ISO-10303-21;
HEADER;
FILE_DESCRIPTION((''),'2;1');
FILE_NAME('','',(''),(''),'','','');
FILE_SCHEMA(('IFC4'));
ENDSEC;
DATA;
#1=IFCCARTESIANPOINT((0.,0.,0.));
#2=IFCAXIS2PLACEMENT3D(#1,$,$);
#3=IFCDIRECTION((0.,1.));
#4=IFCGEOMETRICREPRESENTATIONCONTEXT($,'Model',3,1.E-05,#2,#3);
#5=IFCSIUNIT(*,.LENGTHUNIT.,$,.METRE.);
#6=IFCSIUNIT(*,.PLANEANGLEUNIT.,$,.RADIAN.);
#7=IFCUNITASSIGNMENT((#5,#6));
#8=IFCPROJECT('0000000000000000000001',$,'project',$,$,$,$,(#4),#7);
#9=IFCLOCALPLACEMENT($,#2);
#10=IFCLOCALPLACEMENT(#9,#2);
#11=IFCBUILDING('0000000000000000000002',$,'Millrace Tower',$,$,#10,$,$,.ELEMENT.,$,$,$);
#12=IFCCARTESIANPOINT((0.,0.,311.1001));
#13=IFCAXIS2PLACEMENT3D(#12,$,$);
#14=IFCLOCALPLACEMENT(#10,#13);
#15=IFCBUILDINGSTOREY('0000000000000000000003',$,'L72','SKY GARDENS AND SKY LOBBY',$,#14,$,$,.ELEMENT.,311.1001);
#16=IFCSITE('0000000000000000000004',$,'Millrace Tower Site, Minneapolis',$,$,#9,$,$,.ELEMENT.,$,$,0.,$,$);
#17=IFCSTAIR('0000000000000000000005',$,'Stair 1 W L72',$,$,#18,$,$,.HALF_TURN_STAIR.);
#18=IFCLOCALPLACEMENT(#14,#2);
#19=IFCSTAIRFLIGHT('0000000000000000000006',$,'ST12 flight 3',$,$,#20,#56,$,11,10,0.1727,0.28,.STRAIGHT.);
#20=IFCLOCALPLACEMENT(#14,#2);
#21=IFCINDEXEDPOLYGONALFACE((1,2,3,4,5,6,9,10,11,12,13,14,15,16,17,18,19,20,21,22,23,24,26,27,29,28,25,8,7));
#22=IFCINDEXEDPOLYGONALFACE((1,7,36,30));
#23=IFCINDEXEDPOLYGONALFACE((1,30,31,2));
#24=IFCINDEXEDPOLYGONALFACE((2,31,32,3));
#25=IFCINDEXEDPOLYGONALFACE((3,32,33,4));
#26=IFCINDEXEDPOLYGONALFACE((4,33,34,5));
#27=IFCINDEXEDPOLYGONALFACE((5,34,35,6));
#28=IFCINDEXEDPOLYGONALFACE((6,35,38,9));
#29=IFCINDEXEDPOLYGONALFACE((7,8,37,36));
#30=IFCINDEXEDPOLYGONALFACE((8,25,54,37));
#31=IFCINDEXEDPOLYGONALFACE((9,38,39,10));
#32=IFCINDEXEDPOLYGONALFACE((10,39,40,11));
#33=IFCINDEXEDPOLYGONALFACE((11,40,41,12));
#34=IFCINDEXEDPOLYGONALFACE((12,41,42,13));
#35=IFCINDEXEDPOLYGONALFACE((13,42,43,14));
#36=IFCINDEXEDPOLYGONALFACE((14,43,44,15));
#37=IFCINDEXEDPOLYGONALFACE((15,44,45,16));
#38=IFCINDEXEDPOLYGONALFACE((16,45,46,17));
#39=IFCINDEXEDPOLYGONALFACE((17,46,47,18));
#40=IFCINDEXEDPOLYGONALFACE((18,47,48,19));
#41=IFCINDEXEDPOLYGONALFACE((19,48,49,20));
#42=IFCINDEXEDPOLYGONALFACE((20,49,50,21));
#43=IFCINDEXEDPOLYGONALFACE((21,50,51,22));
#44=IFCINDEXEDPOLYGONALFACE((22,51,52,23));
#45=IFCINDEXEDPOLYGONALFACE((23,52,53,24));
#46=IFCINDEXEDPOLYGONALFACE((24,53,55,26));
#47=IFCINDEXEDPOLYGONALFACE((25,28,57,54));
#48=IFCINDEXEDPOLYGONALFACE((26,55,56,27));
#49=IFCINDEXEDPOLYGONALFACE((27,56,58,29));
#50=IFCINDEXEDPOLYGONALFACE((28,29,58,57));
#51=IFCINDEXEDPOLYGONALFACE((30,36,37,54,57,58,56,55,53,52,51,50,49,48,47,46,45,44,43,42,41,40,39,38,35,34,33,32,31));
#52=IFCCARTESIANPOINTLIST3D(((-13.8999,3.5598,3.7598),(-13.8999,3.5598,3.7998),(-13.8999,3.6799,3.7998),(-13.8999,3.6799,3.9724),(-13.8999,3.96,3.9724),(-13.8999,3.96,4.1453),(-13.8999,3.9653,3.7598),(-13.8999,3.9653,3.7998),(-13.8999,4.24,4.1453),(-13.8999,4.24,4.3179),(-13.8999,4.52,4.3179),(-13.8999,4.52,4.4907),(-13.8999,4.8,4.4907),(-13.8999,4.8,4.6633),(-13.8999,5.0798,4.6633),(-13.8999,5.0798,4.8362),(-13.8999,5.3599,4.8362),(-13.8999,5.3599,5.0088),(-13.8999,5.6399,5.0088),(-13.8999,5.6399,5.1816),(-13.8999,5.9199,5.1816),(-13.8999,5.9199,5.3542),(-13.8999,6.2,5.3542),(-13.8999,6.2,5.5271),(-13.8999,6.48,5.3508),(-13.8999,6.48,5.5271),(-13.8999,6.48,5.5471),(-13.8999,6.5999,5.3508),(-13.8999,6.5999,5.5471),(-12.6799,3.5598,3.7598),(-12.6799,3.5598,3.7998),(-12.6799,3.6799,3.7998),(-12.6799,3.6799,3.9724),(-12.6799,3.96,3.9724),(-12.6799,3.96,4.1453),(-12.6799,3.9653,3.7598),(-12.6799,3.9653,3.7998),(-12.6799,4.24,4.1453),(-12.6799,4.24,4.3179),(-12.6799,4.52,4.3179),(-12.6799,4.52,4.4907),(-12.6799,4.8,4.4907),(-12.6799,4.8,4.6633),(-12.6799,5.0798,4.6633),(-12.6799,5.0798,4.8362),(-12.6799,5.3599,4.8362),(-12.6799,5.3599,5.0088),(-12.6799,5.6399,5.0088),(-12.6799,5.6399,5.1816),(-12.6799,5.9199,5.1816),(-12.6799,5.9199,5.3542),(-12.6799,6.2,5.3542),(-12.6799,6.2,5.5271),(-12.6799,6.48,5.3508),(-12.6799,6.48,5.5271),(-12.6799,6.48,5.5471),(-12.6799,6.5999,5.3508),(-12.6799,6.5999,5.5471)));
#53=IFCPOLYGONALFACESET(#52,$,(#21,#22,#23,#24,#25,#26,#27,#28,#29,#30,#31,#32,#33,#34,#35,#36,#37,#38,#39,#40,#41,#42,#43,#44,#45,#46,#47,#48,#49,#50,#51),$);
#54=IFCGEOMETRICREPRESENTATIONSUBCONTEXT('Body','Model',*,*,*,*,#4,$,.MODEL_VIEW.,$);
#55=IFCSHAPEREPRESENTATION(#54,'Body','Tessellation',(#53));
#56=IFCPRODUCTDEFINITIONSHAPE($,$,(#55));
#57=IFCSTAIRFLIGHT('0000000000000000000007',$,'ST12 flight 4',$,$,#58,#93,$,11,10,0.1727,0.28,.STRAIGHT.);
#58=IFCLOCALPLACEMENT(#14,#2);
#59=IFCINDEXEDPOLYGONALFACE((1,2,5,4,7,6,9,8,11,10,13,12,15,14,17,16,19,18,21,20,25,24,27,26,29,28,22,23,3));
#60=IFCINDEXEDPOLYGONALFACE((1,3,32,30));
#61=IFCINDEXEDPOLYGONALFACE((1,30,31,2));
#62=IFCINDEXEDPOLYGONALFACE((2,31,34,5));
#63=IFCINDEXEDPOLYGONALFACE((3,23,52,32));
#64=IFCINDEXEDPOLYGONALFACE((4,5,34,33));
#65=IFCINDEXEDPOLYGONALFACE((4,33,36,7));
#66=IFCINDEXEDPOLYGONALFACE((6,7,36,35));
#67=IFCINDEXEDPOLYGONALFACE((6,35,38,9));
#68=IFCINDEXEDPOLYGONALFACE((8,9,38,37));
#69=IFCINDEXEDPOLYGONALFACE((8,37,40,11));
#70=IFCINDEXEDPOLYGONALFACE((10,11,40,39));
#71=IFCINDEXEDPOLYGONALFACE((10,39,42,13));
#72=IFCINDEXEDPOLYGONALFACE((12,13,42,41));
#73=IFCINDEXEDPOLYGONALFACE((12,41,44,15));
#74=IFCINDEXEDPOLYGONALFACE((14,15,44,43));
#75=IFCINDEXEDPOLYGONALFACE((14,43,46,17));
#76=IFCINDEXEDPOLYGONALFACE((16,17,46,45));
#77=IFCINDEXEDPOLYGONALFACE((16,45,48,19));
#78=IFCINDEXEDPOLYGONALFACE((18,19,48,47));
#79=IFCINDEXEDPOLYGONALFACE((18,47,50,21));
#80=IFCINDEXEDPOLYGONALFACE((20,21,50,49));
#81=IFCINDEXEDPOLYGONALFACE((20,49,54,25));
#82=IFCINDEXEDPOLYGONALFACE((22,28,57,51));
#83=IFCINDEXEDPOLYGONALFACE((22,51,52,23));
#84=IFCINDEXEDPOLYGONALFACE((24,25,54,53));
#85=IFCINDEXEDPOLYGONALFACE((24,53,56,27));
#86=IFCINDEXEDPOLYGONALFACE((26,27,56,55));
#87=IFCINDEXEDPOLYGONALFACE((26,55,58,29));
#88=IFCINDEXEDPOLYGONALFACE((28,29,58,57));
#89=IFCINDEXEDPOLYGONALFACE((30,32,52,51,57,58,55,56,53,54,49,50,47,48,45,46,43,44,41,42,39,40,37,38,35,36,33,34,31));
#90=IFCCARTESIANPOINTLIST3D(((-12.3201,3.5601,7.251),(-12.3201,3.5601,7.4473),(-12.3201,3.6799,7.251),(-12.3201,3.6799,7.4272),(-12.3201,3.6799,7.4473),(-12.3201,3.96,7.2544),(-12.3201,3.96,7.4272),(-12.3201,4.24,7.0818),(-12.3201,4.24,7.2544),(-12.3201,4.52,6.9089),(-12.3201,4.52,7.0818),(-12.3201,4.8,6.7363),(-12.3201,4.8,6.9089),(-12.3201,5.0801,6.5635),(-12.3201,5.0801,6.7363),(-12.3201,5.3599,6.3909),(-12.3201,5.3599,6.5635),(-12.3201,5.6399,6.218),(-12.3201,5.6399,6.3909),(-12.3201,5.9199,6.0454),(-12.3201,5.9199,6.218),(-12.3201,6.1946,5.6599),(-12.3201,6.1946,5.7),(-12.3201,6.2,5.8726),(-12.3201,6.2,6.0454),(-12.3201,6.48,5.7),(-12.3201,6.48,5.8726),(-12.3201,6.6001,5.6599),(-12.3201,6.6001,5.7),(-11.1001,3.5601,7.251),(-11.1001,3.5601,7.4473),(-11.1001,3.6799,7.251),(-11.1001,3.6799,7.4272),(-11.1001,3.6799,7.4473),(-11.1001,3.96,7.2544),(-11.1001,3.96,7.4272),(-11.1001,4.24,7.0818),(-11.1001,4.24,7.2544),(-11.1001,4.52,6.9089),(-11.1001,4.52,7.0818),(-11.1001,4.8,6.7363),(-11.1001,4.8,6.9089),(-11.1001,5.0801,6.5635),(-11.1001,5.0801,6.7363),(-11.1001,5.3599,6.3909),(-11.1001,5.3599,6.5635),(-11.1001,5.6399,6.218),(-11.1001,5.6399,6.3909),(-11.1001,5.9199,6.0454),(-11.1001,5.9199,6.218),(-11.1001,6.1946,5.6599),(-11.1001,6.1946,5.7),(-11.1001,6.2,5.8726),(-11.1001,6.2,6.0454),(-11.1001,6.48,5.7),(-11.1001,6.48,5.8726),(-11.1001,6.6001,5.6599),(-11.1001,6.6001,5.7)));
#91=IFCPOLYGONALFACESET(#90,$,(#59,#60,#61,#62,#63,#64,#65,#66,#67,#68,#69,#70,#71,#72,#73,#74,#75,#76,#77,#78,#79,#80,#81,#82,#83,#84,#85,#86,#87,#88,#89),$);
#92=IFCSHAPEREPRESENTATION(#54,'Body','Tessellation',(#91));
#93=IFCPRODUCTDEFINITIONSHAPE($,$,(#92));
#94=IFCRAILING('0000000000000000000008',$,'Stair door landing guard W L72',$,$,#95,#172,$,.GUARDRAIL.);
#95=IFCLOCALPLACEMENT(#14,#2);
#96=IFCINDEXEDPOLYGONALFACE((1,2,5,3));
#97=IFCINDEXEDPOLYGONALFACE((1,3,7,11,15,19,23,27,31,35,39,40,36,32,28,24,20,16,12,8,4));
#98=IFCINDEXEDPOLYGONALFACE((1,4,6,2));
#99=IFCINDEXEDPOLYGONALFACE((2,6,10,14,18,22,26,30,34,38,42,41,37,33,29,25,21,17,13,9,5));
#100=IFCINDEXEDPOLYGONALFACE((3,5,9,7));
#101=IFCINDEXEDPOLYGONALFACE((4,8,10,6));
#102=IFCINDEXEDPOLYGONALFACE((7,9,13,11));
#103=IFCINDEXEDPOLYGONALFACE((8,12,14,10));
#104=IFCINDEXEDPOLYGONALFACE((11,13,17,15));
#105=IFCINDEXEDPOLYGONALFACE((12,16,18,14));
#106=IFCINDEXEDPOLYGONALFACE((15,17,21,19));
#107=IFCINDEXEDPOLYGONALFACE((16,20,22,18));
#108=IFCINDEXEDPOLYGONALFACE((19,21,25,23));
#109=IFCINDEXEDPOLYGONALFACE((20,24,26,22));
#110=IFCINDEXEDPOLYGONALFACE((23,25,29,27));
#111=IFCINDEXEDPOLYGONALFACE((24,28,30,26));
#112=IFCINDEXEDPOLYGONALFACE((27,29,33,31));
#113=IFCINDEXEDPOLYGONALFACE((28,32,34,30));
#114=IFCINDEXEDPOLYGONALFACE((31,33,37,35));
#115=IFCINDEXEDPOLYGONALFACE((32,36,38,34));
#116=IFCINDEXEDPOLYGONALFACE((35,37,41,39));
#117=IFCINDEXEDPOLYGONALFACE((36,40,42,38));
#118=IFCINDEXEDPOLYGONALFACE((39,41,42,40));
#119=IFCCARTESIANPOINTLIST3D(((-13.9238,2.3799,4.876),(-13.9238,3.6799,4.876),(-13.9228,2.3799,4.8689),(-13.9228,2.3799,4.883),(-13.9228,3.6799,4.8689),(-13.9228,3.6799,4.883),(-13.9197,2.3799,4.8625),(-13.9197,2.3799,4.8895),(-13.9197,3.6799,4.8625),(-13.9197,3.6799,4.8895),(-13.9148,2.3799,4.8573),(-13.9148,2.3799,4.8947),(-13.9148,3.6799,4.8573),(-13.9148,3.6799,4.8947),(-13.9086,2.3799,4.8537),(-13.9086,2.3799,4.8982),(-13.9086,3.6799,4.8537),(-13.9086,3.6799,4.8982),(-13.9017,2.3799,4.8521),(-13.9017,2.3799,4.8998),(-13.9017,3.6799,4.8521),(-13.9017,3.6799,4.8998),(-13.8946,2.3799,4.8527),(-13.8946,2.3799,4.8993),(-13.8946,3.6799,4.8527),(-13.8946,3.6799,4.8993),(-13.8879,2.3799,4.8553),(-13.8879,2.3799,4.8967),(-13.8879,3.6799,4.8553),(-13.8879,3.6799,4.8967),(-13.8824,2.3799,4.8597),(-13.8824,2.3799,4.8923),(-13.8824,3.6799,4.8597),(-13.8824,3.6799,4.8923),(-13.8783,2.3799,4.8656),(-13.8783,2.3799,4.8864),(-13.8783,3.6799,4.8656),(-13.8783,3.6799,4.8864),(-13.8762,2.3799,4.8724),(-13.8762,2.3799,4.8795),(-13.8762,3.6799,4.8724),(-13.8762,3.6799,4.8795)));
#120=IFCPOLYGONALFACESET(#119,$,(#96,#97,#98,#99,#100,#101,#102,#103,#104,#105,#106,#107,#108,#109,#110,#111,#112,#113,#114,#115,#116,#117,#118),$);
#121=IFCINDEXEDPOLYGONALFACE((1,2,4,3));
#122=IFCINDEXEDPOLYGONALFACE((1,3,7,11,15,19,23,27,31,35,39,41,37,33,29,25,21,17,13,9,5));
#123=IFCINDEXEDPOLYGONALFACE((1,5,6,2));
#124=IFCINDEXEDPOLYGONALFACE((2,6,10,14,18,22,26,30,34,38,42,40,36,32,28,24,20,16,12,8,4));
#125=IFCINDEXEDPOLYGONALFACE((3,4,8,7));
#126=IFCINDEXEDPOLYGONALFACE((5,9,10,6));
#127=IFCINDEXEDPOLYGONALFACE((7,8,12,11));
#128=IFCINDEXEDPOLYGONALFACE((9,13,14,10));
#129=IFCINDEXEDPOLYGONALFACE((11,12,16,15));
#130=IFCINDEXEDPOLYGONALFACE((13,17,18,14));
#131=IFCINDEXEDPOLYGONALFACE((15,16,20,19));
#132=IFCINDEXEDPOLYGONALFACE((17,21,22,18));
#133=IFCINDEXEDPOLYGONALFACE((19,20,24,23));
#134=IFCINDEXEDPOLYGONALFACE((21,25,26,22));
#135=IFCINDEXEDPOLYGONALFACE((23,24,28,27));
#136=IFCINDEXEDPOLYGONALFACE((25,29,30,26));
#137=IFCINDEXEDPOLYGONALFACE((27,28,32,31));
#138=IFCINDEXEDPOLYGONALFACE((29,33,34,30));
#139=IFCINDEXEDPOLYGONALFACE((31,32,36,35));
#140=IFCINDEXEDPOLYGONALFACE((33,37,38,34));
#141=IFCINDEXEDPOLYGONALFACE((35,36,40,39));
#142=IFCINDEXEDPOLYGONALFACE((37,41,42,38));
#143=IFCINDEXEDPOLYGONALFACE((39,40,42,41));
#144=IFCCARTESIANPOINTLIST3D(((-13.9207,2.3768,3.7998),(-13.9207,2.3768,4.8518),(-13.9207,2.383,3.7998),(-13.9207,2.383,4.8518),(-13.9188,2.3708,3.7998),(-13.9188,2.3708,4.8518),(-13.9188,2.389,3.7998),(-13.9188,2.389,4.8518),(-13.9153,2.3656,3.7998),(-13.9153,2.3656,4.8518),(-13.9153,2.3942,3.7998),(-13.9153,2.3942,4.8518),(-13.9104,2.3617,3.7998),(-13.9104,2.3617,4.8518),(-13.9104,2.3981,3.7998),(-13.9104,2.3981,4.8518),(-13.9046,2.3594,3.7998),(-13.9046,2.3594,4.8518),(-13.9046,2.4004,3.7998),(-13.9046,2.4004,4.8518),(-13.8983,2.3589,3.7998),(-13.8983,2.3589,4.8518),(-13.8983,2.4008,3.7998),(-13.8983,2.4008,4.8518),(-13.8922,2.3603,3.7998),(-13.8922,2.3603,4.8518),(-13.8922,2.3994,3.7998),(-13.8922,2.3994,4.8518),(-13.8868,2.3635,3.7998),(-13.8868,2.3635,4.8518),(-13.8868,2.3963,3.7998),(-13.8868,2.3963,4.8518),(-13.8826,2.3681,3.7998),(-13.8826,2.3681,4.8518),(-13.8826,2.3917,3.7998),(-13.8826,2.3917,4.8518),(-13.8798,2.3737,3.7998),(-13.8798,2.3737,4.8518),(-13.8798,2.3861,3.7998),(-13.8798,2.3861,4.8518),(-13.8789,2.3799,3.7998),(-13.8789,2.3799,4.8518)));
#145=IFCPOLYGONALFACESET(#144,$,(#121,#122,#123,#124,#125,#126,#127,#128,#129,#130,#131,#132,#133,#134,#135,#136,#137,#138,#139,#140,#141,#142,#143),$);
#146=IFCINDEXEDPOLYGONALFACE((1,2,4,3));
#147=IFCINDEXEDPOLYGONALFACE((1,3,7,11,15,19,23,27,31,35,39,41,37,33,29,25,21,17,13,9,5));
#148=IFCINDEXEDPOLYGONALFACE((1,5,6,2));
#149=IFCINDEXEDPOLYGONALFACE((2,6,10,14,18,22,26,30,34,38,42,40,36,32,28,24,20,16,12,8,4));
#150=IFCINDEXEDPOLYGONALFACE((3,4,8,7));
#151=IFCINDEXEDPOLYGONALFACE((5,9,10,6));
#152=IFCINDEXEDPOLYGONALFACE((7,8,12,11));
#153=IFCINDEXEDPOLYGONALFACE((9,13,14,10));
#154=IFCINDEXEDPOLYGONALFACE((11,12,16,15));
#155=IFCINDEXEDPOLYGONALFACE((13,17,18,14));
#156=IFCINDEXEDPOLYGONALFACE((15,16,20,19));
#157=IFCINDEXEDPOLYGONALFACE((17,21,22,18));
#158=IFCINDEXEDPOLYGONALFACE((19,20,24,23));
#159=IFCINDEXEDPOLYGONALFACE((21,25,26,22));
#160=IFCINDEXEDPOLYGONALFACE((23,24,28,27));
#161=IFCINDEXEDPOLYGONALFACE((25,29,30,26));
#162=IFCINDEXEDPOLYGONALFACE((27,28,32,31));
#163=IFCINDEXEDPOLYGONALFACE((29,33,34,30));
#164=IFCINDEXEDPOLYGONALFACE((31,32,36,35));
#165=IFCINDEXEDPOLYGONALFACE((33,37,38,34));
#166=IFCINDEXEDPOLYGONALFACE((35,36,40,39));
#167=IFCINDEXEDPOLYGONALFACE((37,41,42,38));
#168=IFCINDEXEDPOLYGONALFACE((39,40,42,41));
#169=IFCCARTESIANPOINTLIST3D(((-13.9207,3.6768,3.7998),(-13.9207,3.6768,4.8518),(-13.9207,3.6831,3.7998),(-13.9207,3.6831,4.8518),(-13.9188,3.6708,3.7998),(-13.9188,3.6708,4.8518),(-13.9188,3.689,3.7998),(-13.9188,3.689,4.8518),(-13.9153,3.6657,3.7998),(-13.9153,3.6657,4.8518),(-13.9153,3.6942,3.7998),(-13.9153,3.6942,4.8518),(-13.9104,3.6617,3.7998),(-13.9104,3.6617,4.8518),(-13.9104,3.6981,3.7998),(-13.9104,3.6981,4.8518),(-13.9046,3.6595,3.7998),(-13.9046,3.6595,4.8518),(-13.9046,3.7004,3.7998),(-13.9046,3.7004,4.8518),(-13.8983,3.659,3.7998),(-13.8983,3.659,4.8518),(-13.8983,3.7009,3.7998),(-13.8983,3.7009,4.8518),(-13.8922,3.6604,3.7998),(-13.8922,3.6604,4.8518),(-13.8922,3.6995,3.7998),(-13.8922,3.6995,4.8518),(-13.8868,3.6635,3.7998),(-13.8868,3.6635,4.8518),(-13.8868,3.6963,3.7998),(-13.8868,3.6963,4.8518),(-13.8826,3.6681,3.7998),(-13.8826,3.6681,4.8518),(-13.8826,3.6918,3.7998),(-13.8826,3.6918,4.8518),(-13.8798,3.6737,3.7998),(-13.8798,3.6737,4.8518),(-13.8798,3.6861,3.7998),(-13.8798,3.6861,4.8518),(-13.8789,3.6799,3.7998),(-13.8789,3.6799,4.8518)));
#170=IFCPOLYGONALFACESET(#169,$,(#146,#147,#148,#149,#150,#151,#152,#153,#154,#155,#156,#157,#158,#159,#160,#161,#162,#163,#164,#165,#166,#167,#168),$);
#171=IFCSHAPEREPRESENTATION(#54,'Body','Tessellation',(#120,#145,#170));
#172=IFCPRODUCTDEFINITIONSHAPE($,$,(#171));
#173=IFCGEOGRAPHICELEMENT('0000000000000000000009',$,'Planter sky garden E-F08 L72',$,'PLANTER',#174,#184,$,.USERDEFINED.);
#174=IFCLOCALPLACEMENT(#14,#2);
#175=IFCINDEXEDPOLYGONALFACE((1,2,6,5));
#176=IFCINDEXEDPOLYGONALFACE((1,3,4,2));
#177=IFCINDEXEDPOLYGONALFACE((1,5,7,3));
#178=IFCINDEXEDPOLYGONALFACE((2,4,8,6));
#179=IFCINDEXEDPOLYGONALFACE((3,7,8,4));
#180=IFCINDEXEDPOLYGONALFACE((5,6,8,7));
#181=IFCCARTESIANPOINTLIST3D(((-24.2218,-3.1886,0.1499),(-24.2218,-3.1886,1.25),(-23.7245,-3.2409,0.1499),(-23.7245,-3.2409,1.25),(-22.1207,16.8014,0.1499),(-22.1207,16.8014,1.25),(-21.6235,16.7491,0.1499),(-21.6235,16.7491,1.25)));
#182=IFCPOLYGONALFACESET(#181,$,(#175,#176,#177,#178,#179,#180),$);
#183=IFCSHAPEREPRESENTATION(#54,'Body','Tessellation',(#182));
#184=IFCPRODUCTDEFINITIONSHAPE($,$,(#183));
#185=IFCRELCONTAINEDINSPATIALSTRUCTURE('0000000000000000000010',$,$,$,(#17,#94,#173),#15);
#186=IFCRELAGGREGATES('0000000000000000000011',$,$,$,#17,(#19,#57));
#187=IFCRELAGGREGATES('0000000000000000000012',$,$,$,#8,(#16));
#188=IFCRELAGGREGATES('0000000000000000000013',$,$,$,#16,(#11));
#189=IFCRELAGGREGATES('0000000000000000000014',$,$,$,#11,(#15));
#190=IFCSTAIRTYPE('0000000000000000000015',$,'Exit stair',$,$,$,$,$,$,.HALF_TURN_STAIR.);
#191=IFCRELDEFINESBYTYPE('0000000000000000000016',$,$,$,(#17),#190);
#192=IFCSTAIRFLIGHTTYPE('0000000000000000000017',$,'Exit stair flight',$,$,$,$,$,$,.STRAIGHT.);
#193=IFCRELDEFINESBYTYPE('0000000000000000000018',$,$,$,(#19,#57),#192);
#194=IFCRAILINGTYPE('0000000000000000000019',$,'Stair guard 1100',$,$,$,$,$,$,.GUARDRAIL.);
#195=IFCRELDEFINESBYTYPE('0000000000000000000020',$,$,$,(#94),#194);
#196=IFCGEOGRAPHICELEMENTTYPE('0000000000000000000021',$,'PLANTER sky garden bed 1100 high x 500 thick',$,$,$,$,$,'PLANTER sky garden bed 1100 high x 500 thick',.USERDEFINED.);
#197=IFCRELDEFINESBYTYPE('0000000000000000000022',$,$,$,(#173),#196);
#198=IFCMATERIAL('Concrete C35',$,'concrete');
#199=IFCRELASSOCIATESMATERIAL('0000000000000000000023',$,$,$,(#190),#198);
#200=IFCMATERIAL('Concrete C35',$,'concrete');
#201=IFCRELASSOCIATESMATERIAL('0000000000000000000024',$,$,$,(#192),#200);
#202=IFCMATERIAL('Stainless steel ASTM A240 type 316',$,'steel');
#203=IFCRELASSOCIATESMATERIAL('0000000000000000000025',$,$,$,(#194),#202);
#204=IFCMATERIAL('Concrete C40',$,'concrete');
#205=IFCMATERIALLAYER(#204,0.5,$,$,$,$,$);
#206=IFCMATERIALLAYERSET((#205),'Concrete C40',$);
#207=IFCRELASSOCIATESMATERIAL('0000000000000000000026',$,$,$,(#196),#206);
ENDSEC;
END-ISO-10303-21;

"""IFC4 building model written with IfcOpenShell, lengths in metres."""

from ifc_helpers import new_model, si_unit, direction, frame, origin, origin_2d, place, context, subcontext, project, spatial, polyline, rectangle, circle, outline, extrude, material, layer, layer_set, type_object, element, aggregate, save


model = new_model("IFC4")

# Units and contexts
model_context = context("Model", 3, precision=1e-05, world=origin(), true_north=direction((0.0, 1.0)))
body_context = subcontext(model_context, "Body", "Model", "MODEL_VIEW")
ifc_project = project(units=[si_unit("LENGTHUNIT", "METRE"), si_unit("PLANEANGLEUNIT", "RADIAN")], contexts=[model_context])

# Site, building, storey
site_placement = place(None, origin())
site = spatial("IfcSite", under=ifc_project, at=site_placement, Name="Millrace Tower Site, Minneapolis", CompositionType="ELEMENT", RefElevation=0.0)
building_placement = place(site_placement, origin())
building = spatial("IfcBuilding", under=site, at=building_placement, Name="Millrace Tower", CompositionType="ELEMENT")
storey_placement = place(building_placement, frame((0.0, 0.0, 311.1001)))
storey = spatial("IfcBuildingStorey", under=building, at=storey_placement, Name="L72", Description="SKY GARDENS AND SKY LOBBY", CompositionType="ELEMENT", Elevation=311.1001)

# Shared definitions
placement = place(storey_placement, origin())

# Stair, stair flights
ifc_material_1 = material(Name="Concrete C35", Category="concrete")
stair_type = type_object("IfcStairType", Name="Exit stair", PredefinedType="HALF_TURN_STAIR", material=ifc_material_1)
stair = element("IfcStair", 1, at=placement, inside=storey, type_object=stair_type, Name="Stair 1 W L72", PredefinedType="HALF_TURN_STAIR")
ifc_material_2 = material(Name="Concrete C35", Category="concrete")
stair_flight_type = type_object("IfcStairFlightType", Name="Exit stair flight", PredefinedType="STRAIGHT", material=ifc_material_2)
stair_flight_1_placement = place(storey_placement, frame((-13.29, 3.6799, 3.7998), z_axis=(0.0, 0.0, 1.0), x_axis=(0.0, 1.0, 0.0)))
stair_flight_1 = element("IfcStairFlight", 2, at=stair_flight_1_placement, type_object=stair_flight_type, Name="ST12 flight 3", NumberOfRisers=11, NumberOfTreads=10, PredefinedType="STRAIGHT", RiserHeight=0.1727, TreadLength=0.28, context=body_context, shape_type="SweptSolid", body=[
    extrude(outline(polyline([(-0.1201, -0.04), (-0.1201, 0.0), (0.0, 0.0), (0.0, 0.1726), (0.28, 0.1726), (0.28, 0.3455), (0.5601, 0.3455), (0.5601, 0.5181), (0.8401, 0.5181), (0.8401, 0.6909), (1.1201, 0.6909), (1.1201, 0.8635), (1.3999, 0.8635), (1.3999, 1.0364), (1.6799, 1.0364), (1.6799, 1.209), (1.96, 1.209), (1.96, 1.3818), (2.24, 1.3818), (2.24, 1.5544), (2.52, 1.5544), (2.52, 1.7273), (2.8, 1.7273), (2.8, 1.7473), (2.9199, 1.7473), (2.9199, 1.551), (2.8, 1.551), (0.2854, 0.0), (0.2854, -0.04), (-0.1201, -0.04)])), frame((0.0, 0.6099, 0.0), z_axis=(0.0, -1.0, 0.0), x_axis=(1.0, 0.0, 0.0)), (0.0, 0.0, 1.0), 1.22),
])
stair_flight_2_placement = place(storey_placement, frame((-11.71, 6.48, 5.7), z_axis=(0.0, 0.0, 1.0), x_axis=(0.0, -1.0, 0.0)))
stair_flight_2 = element("IfcStairFlight", 3, at=stair_flight_2_placement, type_object=stair_flight_type, Name="ST12 flight 4", NumberOfRisers=11, NumberOfTreads=10, PredefinedType="STRAIGHT", RiserHeight=0.1727, TreadLength=0.28, context=body_context, shape_type="SweptSolid", body=[
    extrude(outline(polyline([(-0.1201, -0.04), (-0.1201, 0.0), (0.0, 0.0), (0.0, 0.1726), (0.28, 0.1726), (0.28, 0.3455), (0.5601, 0.3455), (0.5601, 0.5181), (0.8401, 0.5181), (0.8401, 0.6909), (1.1201, 0.6909), (1.1201, 0.8635), (1.3999, 0.8635), (1.3999, 1.0364), (1.6799, 1.0364), (1.6799, 1.209), (1.96, 1.209), (1.96, 1.3818), (2.24, 1.3818), (2.24, 1.5544), (2.52, 1.5544), (2.52, 1.7273), (2.8, 1.7273), (2.8, 1.7473), (2.9199, 1.7473), (2.9199, 1.551), (2.8, 1.551), (0.2854, 0.0), (0.2854, -0.04), (-0.1201, -0.04)])), frame((0.0, 0.6099, 0.0), z_axis=(0.0, -1.0, 0.0), x_axis=(1.0, 0.0, 0.0)), (0.0, 0.0, 1.0), 1.22),
])
aggregate(stair, [stair_flight_1, stair_flight_2])

# Railing
ifc_material_3 = material(Name="Stainless steel ASTM A240 type 316", Category="steel")
railing_type_1 = type_object("IfcRailingType", Name="Stair guard 1100", PredefinedType="GUARDRAIL", material=ifc_material_3)
railing_1_placement = place(storey_placement, frame((-13.8999, 2.3799, 3.7998)))
element("IfcRailing", 4, at=railing_1_placement, inside=storey, type_object=railing_type_1, Name="Stair door landing guard W L72", PredefinedType="GUARDRAIL", context=body_context, shape_type="SweptSolid", body=[
    extrude(circle(Radius=0.0239, at=origin_2d()), frame((0.0, 0.0, 1.0762), z_axis=(0.0, 1.0, 0.0), x_axis=(-1.0, 0.0, 0.0)), (0.0, 0.0, 1.0), 1.3),
    extrude(circle(Radius=0.021, at=origin_2d()), origin(), (0.0, 0.0, 1.0), 1.052),
    extrude(circle(Radius=0.021, at=origin_2d()), frame((0.0, 1.3, 0.0)), (0.0, 0.0, 1.0), 1.052),
])

# Geographic element
ifc_material_4 = material(Name="Concrete C40", Category="concrete")
ifc_layer_1 = layer(ifc_material_4, 0.5)
ifc_layer_set_1 = layer_set([ifc_layer_1], Name="Concrete C40")
geographic_element_type_1 = type_object("IfcGeographicElementType", Name="PLANTER sky garden bed 1100 high x 500 thick", ElementType="PLANTER sky garden bed 1100 high x 500 thick", PredefinedType="USERDEFINED", material=ifc_layer_set_1)
geographic_element_1_placement = place(storey_placement, frame((-22.9226, 6.7803, 0.1499), z_axis=(0.0, 0.0, 1.0), x_axis=(-0.104528, -0.994522, 0.0)))
element("IfcGeographicElement", 5, at=geographic_element_1_placement, inside=storey, type_object=geographic_element_type_1, Name="Planter sky garden E-F08 L72", ObjectType="PLANTER", PredefinedType="USERDEFINED", context=body_context, shape_type="SweptSolid", body=[
    extrude(rectangle(XDim=20.1001, YDim=0.5, at=origin_2d()), origin(), (0.0, 0.0, 1.0), 1.1001),
])

save(model, "model.ifc")
